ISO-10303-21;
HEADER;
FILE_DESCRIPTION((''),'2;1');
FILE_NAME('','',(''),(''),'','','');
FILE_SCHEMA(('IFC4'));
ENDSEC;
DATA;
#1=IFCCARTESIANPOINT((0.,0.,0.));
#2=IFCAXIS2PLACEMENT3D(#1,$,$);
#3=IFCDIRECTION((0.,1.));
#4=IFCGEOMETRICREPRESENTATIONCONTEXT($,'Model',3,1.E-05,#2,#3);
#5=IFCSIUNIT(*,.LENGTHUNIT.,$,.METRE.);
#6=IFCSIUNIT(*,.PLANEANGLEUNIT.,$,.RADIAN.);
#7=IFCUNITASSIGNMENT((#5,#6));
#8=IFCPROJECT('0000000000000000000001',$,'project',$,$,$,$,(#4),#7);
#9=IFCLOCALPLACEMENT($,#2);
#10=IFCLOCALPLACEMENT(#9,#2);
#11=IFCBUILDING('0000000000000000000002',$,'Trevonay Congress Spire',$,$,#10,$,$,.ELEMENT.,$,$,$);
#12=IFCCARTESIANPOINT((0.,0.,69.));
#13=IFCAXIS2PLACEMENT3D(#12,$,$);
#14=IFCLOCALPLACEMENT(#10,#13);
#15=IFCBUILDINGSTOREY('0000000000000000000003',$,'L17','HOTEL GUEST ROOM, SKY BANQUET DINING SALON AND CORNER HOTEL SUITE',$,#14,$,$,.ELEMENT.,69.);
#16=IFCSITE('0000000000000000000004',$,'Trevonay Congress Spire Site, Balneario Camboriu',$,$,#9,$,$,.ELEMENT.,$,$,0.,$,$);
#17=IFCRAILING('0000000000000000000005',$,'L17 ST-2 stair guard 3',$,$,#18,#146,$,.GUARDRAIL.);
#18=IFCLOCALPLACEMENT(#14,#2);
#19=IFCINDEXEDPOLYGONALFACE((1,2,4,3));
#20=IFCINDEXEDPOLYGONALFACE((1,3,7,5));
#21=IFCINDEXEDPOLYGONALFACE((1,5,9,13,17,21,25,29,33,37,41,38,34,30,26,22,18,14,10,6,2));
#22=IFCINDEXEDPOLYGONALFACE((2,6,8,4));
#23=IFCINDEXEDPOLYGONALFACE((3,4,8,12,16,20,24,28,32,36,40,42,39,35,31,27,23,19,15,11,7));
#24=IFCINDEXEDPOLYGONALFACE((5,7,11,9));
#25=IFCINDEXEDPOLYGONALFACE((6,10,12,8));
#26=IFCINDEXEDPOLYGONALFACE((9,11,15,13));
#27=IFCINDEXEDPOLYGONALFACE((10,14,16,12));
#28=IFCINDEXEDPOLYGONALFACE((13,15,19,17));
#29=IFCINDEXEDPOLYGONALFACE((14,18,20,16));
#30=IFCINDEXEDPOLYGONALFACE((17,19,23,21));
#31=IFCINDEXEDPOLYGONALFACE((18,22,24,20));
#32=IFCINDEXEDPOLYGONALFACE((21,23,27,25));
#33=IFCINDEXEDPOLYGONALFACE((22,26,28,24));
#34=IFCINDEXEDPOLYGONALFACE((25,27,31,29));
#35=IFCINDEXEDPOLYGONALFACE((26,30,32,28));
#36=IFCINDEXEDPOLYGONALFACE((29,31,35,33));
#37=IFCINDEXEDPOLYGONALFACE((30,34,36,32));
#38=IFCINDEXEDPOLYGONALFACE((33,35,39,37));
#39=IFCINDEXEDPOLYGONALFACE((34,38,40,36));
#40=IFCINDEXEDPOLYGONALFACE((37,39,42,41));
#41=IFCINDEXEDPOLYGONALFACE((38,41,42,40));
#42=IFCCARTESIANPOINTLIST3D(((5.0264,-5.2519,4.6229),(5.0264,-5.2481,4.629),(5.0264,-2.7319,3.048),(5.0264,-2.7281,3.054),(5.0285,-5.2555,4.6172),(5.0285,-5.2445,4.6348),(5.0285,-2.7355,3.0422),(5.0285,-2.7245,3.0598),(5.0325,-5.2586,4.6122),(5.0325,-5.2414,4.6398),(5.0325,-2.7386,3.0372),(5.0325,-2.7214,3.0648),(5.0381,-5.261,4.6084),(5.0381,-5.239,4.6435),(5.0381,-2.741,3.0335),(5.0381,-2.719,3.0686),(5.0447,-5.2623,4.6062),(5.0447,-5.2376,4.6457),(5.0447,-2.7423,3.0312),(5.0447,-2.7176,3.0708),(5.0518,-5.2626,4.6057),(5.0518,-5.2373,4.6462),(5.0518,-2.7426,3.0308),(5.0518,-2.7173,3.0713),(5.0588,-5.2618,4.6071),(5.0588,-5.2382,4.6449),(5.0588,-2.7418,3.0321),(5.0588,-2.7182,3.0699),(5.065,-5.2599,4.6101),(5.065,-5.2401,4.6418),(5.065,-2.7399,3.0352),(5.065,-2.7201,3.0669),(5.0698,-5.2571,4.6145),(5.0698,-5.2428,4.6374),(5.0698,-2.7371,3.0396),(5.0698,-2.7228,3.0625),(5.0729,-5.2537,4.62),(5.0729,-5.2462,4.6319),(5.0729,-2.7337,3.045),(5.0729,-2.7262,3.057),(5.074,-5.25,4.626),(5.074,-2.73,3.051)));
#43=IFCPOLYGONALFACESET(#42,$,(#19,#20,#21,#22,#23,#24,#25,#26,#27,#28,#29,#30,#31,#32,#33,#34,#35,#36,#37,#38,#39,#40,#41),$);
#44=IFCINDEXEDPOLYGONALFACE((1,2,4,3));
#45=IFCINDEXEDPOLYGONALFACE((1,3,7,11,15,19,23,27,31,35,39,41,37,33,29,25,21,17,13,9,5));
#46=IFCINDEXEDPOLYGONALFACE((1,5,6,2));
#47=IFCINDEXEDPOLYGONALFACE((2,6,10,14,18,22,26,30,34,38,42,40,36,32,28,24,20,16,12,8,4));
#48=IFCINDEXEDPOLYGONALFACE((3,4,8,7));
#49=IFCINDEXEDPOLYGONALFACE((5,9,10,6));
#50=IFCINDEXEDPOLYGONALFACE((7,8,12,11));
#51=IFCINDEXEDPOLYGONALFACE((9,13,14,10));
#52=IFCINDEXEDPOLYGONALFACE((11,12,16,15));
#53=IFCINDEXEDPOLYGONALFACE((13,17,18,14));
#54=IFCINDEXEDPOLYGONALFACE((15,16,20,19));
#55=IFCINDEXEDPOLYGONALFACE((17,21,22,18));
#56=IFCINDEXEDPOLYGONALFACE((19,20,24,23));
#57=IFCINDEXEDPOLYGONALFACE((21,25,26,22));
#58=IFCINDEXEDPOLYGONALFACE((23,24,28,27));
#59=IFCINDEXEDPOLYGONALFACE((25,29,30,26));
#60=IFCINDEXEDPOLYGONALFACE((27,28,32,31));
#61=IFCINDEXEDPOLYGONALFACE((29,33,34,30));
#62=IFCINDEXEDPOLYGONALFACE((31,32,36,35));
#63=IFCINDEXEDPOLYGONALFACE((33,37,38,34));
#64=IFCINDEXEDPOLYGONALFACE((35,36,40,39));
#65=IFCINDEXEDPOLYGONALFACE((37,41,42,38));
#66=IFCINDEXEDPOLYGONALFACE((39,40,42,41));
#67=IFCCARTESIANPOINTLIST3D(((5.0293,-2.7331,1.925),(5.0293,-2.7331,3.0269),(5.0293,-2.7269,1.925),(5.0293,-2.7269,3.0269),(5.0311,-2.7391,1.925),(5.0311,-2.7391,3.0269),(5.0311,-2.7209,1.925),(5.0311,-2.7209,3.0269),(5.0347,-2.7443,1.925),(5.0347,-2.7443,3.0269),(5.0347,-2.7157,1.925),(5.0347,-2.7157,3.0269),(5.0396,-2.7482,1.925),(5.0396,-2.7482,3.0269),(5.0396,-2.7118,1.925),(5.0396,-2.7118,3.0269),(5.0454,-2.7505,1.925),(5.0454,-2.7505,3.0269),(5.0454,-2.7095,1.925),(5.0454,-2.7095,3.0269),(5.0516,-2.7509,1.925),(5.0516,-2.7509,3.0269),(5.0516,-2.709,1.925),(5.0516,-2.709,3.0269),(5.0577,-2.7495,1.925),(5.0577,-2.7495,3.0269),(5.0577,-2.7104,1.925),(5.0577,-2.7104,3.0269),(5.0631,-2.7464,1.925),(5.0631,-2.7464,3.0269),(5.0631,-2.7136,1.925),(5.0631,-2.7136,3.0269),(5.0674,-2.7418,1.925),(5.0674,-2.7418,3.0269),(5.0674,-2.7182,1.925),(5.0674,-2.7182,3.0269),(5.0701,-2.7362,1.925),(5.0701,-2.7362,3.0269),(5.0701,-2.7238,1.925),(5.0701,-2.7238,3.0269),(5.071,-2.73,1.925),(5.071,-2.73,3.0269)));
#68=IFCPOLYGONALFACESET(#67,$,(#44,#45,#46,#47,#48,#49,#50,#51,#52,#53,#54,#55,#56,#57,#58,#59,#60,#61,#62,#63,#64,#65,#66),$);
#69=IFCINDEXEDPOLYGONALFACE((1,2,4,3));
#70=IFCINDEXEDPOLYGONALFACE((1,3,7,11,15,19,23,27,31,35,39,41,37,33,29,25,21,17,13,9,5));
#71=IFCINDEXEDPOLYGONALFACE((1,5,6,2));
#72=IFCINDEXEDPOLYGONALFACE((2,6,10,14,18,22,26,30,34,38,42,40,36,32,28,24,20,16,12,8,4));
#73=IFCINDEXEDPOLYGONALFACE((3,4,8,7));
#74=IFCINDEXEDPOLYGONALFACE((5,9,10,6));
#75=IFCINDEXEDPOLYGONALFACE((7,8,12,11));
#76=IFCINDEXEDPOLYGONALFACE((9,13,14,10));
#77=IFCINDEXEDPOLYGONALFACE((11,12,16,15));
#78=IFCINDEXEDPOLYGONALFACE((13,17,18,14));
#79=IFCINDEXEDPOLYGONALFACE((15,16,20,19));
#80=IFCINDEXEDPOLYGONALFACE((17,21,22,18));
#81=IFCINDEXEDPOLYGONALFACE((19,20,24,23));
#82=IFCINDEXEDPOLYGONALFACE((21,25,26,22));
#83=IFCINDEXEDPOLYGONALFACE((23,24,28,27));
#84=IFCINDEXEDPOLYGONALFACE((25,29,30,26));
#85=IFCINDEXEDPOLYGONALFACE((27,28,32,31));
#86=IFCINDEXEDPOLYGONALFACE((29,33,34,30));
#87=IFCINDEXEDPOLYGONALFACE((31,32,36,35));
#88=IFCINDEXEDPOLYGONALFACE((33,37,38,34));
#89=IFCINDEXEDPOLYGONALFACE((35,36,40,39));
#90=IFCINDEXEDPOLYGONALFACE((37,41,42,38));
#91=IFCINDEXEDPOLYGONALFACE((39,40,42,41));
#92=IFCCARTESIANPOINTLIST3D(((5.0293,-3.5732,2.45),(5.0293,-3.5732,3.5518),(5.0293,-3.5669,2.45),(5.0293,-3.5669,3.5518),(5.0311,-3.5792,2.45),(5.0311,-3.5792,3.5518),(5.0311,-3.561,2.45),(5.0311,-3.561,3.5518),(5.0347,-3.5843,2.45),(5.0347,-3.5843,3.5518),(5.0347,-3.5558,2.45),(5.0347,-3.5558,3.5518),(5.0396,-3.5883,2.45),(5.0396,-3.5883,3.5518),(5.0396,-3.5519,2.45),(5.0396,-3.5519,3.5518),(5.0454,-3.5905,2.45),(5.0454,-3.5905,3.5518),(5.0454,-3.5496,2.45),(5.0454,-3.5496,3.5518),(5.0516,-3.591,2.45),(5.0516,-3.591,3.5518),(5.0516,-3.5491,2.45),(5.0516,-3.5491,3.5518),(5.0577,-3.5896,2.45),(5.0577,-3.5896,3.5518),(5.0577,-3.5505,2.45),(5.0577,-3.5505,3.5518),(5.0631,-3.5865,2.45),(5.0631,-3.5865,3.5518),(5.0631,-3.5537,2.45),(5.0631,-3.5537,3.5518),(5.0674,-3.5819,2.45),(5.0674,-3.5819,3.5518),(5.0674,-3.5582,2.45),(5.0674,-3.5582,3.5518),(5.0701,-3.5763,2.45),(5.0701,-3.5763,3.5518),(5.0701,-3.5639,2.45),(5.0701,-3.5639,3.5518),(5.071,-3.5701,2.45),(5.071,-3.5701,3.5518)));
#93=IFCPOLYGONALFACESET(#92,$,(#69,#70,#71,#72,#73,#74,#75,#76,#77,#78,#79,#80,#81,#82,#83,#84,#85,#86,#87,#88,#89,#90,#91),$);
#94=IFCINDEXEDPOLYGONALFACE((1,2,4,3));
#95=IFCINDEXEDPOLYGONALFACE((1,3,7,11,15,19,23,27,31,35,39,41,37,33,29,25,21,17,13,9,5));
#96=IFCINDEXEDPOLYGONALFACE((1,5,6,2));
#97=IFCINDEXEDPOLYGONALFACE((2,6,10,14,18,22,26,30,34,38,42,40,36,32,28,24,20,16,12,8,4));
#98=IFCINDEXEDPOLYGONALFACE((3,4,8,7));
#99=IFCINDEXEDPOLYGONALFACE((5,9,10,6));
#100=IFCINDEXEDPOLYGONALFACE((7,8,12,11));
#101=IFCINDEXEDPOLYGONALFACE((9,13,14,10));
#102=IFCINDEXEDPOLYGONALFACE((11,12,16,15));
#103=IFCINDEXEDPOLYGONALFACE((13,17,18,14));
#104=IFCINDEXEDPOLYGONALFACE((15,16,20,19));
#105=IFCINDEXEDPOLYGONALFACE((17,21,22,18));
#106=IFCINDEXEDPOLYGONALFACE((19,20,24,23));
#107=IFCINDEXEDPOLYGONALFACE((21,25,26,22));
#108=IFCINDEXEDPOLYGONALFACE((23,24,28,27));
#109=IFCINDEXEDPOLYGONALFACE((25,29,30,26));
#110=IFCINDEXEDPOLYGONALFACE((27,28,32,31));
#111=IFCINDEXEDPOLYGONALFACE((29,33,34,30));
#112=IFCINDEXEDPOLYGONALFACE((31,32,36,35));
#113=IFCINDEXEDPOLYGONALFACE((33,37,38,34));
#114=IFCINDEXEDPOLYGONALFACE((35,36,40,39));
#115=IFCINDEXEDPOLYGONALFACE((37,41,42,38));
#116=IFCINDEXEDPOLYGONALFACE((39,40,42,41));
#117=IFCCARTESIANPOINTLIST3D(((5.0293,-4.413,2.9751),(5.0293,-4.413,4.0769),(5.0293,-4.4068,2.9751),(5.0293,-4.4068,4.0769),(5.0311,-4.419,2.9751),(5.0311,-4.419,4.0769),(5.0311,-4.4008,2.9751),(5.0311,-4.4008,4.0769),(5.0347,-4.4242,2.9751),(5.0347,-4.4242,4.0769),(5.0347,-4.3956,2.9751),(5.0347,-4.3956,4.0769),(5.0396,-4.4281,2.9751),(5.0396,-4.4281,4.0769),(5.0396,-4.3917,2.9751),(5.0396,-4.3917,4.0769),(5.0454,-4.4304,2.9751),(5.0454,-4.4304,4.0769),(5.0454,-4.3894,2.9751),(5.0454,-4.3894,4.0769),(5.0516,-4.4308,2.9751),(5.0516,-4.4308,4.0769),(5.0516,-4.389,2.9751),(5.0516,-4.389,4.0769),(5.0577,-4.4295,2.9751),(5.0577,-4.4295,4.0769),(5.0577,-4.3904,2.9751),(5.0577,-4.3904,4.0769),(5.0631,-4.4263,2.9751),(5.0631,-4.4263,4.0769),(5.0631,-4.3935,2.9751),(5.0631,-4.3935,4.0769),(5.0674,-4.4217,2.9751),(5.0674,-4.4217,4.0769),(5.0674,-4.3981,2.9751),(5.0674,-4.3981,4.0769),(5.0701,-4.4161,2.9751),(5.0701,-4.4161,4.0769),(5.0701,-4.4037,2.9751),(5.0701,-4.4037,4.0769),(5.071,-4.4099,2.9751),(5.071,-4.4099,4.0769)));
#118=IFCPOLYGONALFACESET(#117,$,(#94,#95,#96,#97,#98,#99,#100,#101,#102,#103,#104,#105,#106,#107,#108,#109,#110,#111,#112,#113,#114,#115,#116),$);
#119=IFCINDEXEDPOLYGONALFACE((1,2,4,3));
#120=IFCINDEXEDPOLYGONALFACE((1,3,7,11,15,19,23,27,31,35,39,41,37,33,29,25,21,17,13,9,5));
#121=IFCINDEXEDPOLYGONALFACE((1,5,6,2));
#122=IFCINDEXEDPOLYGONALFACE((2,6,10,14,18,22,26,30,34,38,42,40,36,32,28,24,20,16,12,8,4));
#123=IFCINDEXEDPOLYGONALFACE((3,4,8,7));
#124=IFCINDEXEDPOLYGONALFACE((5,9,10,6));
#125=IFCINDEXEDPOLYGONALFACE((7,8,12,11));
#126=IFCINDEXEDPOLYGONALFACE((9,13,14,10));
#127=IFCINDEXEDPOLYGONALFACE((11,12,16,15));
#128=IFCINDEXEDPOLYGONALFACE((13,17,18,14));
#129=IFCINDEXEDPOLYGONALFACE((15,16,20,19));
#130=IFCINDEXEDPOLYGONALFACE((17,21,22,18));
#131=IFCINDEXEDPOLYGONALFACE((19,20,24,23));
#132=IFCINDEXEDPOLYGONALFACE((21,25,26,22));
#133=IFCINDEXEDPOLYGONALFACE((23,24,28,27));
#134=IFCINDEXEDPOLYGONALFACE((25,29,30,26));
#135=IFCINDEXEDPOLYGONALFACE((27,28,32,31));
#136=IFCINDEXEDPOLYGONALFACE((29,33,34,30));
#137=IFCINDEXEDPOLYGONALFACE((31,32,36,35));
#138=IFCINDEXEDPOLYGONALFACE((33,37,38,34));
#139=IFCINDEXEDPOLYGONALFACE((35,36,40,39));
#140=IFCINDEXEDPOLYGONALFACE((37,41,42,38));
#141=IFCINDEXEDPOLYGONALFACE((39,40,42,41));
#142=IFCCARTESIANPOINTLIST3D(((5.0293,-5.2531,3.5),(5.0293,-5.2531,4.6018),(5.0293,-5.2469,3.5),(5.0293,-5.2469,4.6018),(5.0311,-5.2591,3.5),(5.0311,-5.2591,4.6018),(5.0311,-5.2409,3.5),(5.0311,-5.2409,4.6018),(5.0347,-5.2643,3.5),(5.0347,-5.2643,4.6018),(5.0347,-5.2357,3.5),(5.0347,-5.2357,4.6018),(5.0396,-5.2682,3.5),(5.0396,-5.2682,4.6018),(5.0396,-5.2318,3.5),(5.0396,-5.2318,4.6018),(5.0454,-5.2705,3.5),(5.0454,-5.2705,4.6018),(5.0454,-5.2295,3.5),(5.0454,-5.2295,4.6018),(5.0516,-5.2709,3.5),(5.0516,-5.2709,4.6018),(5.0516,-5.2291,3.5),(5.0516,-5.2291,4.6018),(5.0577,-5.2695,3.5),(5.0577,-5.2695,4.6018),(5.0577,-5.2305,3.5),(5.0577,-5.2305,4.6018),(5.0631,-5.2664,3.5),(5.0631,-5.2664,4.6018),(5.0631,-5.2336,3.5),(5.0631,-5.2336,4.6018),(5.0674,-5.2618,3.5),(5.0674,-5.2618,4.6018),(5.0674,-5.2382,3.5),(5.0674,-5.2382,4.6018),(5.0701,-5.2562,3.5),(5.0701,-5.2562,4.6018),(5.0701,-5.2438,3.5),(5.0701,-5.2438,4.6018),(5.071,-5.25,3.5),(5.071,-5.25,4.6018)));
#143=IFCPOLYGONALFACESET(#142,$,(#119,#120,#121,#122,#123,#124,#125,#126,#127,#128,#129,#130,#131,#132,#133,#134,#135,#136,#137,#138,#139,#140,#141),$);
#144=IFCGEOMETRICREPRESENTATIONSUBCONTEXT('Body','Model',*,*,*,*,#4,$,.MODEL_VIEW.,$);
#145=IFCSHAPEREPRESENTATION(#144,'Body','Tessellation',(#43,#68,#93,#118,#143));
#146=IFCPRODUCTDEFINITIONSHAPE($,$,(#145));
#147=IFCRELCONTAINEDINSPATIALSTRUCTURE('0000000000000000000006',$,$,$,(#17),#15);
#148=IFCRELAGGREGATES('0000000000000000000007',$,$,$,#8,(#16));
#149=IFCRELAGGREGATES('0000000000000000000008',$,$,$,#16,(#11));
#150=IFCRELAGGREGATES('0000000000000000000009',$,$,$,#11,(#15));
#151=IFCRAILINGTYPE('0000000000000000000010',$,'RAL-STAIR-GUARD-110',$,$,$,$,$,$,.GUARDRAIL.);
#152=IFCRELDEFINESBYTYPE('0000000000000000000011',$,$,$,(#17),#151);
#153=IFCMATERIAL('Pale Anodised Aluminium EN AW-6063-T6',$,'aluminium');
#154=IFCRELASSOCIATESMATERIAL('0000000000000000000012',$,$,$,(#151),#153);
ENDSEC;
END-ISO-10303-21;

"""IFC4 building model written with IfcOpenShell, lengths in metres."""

from ifc_helpers import new_model, si_unit, direction, frame, origin, origin_2d, place, context, subcontext, project, spatial, circle, extrude, material, type_object, element, save


model = new_model("IFC4")

# Units and contexts
model_context = context("Model", 3, precision=1e-05, world=origin(), true_north=direction((0.0, 1.0)))
body_context = subcontext(model_context, "Body", "Model", "MODEL_VIEW")
ifc_project = project(units=[si_unit("LENGTHUNIT", "METRE"), si_unit("PLANEANGLEUNIT", "RADIAN")], contexts=[model_context])

# Site, building, storey
site_placement = place(None, origin())
site = spatial("IfcSite", under=ifc_project, at=site_placement, Name="Trevonay Congress Spire Site, Balneario Camboriu", CompositionType="ELEMENT", RefElevation=0.0)
building_placement = place(site_placement, origin())
building = spatial("IfcBuilding", under=site, at=building_placement, Name="Trevonay Congress Spire", CompositionType="ELEMENT")
storey_placement = place(building_placement, frame((0.0, 0.0, 69.0)))
storey = spatial("IfcBuildingStorey", under=building, at=storey_placement, Name="L17", Description="HOTEL GUEST ROOM, SKY BANQUET DINING SALON AND CORNER HOTEL SUITE", CompositionType="ELEMENT", Elevation=69.0)

# Railing
ifc_material_1 = material(Name="Pale Anodised Aluminium EN AW-6063-T6", Category="aluminium")
railing_type_1 = type_object("IfcRailingType", Name="RAL-STAIR-GUARD-110", PredefinedType="GUARDRAIL", material=ifc_material_1)
railing_1_placement = place(storey_placement, frame((5.05, -2.73, 1.925)))
element("IfcRailing", 1, at=railing_1_placement, inside=storey, type_object=railing_type_1, Name="L17 ST-2 stair guard 3", PredefinedType="GUARDRAIL", context=body_context, shape_type="SweptSolid", body=[
    extrude(circle(Radius=0.0239, at=origin_2d()), frame((0.0, 0.0, 1.126), z_axis=(0.0, -0.848008, 0.529984), x_axis=(1.0, 0.0, 0.0)), (0.0, 0.0, 1.0), 2.9717),
    extrude(circle(Radius=0.021, at=origin_2d()), origin(), (0.0, 0.0, 1.0), 1.1018),
    extrude(circle(Radius=0.021, at=origin_2d()), frame((0.0, -0.8401, 0.5249)), (0.0, 0.0, 1.0), 1.1018),
    extrude(circle(Radius=0.021, at=origin_2d()), frame((0.0, -1.6799, 1.05)), (0.0, 0.0, 1.0), 1.1018),
    extrude(circle(Radius=0.021, at=origin_2d()), frame((0.0, -2.52, 1.575)), (0.0, 0.0, 1.0), 1.1018),
])

save(model, "model.ifc")
